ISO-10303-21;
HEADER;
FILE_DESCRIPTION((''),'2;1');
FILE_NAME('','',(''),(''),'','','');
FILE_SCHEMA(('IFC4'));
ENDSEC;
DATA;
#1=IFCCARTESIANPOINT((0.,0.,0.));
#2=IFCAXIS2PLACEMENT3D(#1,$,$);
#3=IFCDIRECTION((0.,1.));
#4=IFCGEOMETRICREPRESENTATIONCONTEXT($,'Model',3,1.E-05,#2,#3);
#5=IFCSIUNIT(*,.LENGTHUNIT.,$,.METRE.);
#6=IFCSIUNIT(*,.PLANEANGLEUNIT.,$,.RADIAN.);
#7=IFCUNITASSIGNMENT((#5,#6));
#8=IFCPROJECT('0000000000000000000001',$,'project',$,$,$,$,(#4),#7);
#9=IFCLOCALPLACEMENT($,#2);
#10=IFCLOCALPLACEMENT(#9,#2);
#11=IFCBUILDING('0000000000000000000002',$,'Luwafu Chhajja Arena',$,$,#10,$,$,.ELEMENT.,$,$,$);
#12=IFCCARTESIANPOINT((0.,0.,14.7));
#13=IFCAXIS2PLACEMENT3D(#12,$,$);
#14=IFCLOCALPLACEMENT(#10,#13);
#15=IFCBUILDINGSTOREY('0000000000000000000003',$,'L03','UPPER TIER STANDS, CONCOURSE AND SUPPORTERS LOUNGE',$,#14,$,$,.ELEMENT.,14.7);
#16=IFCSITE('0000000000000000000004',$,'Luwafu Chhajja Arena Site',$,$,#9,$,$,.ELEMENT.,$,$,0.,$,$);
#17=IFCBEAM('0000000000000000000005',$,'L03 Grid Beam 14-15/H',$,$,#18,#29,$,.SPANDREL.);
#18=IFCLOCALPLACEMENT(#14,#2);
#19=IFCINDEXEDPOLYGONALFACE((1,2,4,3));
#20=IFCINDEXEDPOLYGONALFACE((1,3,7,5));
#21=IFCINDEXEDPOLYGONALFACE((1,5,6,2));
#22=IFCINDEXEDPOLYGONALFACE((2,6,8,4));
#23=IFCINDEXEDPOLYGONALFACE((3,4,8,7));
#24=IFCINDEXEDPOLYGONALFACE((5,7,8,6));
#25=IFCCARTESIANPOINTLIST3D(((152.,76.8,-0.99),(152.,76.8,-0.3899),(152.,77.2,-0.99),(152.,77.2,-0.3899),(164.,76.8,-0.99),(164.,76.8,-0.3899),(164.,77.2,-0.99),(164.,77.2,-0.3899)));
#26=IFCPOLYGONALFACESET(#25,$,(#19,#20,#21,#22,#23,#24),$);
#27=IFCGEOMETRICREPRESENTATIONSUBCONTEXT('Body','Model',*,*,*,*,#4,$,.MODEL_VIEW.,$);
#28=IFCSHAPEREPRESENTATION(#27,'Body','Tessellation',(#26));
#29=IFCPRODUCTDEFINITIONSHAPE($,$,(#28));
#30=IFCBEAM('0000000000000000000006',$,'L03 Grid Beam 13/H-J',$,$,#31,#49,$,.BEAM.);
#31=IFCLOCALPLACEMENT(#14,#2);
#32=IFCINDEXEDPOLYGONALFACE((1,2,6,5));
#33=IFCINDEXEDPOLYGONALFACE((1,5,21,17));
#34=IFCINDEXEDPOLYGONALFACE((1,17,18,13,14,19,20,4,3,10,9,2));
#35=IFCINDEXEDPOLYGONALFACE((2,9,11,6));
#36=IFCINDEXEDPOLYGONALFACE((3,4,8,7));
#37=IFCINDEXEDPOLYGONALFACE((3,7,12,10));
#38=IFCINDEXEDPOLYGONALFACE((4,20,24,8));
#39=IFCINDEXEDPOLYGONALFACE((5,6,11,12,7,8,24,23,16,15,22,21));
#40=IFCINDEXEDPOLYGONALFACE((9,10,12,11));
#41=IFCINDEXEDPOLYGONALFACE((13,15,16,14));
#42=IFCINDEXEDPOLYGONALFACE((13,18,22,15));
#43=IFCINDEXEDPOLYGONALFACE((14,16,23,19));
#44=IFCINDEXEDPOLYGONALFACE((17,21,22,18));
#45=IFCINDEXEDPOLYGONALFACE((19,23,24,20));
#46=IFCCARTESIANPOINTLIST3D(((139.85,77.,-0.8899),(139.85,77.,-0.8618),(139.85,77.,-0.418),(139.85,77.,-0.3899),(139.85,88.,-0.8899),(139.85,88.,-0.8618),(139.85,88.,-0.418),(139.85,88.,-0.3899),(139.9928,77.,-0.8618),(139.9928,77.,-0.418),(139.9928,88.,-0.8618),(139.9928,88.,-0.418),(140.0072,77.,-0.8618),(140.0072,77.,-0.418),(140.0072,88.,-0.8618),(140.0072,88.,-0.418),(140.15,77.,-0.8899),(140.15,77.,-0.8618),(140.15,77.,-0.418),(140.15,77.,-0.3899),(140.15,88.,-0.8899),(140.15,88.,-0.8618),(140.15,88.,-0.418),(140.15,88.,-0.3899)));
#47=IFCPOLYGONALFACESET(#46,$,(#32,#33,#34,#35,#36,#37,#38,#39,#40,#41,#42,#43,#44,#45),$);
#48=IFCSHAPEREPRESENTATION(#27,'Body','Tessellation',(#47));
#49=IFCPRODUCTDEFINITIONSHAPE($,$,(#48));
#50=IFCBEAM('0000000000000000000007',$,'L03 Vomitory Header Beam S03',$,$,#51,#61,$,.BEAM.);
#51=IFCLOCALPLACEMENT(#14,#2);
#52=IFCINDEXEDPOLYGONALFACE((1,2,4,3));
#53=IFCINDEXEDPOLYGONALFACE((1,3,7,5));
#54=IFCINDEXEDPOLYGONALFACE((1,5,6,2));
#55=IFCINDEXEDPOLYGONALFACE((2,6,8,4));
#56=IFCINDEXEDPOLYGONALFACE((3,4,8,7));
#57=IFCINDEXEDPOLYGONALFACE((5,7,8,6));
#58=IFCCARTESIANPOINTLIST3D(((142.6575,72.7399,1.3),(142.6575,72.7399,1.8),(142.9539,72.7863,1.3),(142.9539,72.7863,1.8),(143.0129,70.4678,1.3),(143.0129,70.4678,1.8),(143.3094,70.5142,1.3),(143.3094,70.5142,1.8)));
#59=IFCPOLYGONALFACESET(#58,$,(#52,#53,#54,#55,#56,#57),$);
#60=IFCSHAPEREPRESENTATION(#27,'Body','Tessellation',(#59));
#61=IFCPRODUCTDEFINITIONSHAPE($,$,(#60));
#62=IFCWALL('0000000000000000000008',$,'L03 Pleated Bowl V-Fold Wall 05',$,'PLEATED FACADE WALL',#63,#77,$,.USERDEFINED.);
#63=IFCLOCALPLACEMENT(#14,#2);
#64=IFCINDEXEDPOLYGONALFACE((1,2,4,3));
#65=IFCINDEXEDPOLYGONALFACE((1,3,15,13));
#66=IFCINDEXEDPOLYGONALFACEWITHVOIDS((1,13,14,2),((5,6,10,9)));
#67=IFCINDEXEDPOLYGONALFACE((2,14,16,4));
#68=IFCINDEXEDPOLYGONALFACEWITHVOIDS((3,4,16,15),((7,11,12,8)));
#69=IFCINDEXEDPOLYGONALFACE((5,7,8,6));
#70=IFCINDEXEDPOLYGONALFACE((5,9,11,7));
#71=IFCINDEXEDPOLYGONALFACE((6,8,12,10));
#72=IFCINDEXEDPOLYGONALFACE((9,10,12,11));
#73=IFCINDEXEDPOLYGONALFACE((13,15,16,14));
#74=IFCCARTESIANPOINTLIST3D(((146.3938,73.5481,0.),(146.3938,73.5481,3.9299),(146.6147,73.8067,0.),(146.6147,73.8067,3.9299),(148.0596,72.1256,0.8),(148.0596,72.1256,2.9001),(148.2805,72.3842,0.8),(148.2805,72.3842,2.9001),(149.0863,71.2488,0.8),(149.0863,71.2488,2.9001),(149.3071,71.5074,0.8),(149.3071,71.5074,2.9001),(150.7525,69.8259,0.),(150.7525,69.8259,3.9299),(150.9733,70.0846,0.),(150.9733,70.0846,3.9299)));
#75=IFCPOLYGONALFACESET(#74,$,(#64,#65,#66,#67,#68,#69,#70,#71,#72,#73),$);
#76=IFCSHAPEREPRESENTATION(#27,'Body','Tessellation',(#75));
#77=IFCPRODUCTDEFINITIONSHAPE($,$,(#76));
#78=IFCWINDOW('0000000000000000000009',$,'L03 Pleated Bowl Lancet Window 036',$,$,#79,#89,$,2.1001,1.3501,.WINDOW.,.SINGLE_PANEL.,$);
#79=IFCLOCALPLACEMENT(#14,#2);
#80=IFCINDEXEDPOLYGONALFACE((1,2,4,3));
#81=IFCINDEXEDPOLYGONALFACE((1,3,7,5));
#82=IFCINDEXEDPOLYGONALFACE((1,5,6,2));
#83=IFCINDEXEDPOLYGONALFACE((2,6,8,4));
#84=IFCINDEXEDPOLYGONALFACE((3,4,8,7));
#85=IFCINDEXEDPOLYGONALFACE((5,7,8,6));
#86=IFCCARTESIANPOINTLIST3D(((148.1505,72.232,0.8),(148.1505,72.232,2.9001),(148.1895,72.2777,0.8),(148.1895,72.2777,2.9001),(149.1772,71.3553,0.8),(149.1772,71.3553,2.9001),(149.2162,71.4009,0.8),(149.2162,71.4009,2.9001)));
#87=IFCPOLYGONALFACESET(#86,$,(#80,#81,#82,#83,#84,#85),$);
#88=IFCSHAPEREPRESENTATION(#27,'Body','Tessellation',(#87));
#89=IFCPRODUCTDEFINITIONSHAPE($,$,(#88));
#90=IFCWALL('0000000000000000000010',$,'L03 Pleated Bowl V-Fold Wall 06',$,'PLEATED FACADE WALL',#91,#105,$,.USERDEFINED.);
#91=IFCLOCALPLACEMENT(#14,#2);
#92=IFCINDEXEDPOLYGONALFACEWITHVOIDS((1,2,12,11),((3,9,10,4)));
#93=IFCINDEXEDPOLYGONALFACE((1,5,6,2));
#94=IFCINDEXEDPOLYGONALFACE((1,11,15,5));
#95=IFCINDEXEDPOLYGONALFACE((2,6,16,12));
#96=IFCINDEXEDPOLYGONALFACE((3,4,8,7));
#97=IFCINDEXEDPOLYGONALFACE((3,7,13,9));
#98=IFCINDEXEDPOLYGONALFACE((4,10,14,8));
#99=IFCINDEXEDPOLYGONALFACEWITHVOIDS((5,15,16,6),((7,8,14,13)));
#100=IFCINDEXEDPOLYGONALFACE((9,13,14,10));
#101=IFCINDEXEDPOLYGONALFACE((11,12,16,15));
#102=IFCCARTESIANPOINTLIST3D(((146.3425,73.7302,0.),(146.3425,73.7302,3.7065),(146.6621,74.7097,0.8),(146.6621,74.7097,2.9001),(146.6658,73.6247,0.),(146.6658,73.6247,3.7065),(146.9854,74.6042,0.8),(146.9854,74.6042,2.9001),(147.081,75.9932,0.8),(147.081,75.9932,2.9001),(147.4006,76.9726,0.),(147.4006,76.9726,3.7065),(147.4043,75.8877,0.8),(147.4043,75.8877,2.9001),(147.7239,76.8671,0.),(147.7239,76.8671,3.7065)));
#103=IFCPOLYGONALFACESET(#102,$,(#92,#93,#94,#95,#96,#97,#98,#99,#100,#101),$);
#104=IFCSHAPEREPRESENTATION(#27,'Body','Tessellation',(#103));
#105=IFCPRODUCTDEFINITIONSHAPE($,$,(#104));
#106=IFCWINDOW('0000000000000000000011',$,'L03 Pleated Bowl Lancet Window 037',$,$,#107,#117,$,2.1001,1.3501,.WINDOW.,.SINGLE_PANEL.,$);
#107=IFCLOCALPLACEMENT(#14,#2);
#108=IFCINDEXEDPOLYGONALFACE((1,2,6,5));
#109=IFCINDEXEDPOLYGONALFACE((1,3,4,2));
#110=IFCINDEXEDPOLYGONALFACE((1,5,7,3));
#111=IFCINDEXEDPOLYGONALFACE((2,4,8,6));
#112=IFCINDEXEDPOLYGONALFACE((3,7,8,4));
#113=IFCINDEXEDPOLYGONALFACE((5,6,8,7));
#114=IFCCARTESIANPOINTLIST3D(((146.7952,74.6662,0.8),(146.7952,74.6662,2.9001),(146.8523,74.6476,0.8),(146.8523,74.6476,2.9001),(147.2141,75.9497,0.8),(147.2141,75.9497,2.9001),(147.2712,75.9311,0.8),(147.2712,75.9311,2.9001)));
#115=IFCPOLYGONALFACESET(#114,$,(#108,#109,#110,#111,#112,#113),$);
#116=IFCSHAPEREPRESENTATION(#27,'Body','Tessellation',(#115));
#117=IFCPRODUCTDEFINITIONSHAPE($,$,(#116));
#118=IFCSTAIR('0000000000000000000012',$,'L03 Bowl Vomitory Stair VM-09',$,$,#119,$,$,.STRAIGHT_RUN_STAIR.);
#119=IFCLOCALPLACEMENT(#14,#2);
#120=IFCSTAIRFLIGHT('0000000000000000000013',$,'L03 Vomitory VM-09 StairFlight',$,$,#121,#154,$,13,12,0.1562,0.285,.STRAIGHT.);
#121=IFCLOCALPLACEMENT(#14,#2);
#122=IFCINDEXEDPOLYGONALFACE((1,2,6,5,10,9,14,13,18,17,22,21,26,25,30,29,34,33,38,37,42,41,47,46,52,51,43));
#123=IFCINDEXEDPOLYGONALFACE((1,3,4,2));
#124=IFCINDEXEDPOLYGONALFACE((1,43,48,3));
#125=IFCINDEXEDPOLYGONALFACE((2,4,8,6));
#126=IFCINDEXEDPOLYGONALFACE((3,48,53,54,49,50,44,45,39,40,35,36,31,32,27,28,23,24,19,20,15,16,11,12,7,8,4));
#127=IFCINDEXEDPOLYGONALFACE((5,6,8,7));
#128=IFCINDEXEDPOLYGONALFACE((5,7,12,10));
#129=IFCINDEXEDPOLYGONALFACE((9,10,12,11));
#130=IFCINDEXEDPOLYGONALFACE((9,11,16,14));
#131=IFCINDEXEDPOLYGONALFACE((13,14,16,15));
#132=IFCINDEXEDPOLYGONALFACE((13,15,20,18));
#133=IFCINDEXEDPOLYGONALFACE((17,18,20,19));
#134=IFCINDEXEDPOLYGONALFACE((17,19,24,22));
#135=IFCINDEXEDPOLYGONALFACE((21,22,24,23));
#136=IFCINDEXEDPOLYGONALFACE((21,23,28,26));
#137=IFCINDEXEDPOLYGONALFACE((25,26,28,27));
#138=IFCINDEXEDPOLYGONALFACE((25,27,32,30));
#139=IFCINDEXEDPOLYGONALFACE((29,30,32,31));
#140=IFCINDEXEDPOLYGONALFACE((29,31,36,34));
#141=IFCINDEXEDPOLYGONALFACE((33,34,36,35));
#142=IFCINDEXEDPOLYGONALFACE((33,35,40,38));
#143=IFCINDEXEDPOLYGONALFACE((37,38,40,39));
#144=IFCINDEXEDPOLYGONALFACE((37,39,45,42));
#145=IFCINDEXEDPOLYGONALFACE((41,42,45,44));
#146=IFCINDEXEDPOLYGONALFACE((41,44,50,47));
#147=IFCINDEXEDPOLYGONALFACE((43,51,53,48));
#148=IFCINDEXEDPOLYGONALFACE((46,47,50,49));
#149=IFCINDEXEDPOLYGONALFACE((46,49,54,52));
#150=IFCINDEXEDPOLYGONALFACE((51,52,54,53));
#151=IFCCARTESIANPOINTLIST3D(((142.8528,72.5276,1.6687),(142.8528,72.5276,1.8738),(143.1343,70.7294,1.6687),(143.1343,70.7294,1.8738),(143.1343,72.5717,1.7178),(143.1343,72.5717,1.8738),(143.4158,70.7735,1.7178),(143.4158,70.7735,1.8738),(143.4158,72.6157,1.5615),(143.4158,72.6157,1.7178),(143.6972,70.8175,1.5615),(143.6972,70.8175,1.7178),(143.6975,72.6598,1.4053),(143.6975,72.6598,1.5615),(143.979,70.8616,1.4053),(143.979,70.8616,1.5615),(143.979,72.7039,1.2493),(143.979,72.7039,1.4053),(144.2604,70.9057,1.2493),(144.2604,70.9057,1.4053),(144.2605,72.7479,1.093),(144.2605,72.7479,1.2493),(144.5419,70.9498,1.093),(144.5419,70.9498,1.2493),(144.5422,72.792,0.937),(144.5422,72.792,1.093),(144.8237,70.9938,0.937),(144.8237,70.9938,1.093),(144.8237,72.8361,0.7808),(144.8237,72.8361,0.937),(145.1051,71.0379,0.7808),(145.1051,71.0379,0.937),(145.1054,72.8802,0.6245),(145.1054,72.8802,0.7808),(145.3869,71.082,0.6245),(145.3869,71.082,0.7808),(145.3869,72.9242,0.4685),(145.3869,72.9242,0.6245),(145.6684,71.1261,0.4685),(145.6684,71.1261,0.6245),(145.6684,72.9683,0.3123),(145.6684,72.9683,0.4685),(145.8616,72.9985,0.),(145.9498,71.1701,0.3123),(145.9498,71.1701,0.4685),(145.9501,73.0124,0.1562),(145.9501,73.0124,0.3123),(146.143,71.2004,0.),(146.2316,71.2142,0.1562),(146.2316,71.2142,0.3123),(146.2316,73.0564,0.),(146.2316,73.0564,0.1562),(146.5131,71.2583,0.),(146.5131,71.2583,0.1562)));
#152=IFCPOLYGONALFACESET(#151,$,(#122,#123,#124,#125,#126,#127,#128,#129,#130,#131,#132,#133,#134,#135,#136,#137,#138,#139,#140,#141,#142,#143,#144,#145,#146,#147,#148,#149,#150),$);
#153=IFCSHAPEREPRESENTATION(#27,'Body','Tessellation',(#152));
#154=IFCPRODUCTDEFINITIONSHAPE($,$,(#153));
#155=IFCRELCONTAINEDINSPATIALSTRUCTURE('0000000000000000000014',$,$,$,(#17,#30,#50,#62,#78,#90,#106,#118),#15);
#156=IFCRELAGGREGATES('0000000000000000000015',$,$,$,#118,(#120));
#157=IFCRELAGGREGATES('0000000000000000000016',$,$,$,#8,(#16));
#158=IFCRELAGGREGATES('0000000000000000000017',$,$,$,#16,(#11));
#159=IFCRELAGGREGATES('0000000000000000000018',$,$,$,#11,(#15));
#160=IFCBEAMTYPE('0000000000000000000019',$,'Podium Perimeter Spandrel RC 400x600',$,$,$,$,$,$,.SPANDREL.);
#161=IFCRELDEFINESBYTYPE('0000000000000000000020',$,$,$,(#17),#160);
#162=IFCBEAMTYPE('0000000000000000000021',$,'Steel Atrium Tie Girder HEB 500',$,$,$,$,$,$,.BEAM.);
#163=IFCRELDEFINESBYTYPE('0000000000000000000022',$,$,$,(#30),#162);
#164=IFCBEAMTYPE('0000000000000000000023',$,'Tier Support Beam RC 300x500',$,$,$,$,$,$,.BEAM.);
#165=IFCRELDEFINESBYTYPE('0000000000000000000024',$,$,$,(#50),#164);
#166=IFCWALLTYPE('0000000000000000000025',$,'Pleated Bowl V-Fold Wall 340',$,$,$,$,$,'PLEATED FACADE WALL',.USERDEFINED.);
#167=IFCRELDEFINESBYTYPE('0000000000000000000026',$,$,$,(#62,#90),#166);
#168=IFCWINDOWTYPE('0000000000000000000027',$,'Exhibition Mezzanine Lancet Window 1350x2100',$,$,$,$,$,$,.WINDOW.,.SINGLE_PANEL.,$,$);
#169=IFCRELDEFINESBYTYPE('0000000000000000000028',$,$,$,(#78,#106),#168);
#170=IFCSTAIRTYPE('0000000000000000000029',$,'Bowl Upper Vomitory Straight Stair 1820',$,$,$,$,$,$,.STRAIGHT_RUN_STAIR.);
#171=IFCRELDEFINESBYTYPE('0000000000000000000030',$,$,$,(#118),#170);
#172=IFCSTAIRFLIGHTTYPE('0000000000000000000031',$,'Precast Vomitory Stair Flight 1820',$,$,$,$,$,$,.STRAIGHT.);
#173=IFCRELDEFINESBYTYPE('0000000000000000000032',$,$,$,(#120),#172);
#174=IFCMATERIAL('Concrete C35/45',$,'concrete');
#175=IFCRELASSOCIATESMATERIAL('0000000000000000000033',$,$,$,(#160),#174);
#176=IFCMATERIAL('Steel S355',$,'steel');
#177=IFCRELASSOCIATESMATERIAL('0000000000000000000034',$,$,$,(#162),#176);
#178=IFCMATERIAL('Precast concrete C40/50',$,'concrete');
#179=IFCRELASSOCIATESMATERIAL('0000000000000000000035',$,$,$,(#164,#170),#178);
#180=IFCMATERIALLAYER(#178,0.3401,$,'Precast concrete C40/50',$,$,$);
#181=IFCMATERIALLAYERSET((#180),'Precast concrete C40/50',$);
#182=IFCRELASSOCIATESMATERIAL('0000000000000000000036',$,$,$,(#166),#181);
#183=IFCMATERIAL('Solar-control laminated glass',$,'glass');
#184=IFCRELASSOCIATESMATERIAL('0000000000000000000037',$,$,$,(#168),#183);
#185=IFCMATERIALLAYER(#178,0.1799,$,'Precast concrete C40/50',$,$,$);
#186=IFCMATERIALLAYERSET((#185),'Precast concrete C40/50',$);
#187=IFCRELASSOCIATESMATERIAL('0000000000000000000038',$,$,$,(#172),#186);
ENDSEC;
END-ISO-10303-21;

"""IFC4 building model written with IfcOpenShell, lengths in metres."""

from ifc_helpers import new_model, si_unit, direction, frame, frame_2d, origin, origin_2d, place, context, subcontext, project, spatial, polyline, rectangle, i_section, outline, extrude, material, layer, layer_set, material_profile, profile_set, type_object, element, fill, aggregate, save


model = new_model("IFC4")

# Units and contexts
model_context = context("Model", 3, precision=1e-05, world=origin(), true_north=direction((0.0, 1.0)))
body_context = subcontext(model_context, "Body", "Model", "MODEL_VIEW")
ifc_project = project(units=[si_unit("LENGTHUNIT", "METRE"), si_unit("PLANEANGLEUNIT", "RADIAN")], contexts=[model_context])

# Site, building, storey
site_placement = place(None, origin())
site = spatial("IfcSite", under=ifc_project, at=site_placement, Name="Luwafu Chhajja Arena Site", CompositionType="ELEMENT", RefElevation=0.0)
building_placement = place(site_placement, origin())
building = spatial("IfcBuilding", under=site, at=building_placement, Name="Luwafu Chhajja Arena", CompositionType="ELEMENT")
storey_placement = place(building_placement, frame((0.0, 0.0, 14.7)))
storey = spatial("IfcBuildingStorey", under=building, at=storey_placement, Name="L03", Description="UPPER TIER STANDS, CONCOURSE AND SUPPORTERS LOUNGE", CompositionType="ELEMENT", Elevation=14.7)

# Shared definitions
ifc_material_1 = material(Name="Concrete C35/45", Category="concrete")
ifc_material_2 = material(Name="Steel S355", Category="steel")

# Beams
ifc_material_profile_1 = material_profile(ifc_material_1, rectangle(XDim=0.3999, YDim=0.6001, at=origin_2d()), Name="RC 400x600")
ifc_profile_set_1 = profile_set([ifc_material_profile_1], Name="Concrete C35/45")
beam_type_1 = type_object("IfcBeamType", Name="Podium Perimeter Spandrel RC 400x600", PredefinedType="SPANDREL", material=ifc_profile_set_1)
beam_1_placement = place(storey_placement, frame((152.0, 77.0, -0.6899), z_axis=(1.0, 0.0, 0.0), x_axis=(0.0, 1.0, 0.0)))
element("IfcBeam", 1, at=beam_1_placement, inside=storey, type_object=beam_type_1, Name="L03 Grid Beam 14-15/H", PredefinedType="SPANDREL", context=body_context, shape_type="SweptSolid", body=[
    extrude(rectangle(XDim=0.3999, YDim=0.6001, at=origin_2d()), origin(), (0.0, 0.0, 1.0), 12.0),
])
ifc_material_profile_2 = material_profile(ifc_material_2, i_section(OverallWidth=0.3, OverallDepth=0.5, WebThickness=0.0144, FlangeThickness=0.0281, at=origin_2d()), Name="HEB 500")
ifc_profile_set_2 = profile_set([ifc_material_profile_2], Name="Steel S355")
beam_type_2 = type_object("IfcBeamType", Name="Steel Atrium Tie Girder HEB 500", PredefinedType="BEAM", material=ifc_profile_set_2)
beam_2_placement = place(storey_placement, frame((140.0, 77.0, -0.6399), z_axis=(0.0, 1.0, 0.0), x_axis=(-1.0, 0.0, 0.0)))
element("IfcBeam", 2, at=beam_2_placement, inside=storey, type_object=beam_type_2, Name="L03 Grid Beam 13/H-J", PredefinedType="BEAM", context=body_context, shape_type="SweptSolid", body=[
    extrude(i_section(OverallWidth=0.3, OverallDepth=0.5, WebThickness=0.0144, FlangeThickness=0.0281, at=origin_2d()), origin(), (0.0, 0.0, 1.0), 11.0),
])
ifc_material_3 = material(Name="Precast concrete C40/50", Category="concrete")
ifc_material_profile_3 = material_profile(ifc_material_3, rectangle(XDim=0.3, YDim=0.5, at=origin_2d()), Name="RC 300x500")
ifc_profile_set_3 = profile_set([ifc_material_profile_3], Name="Precast concrete C40/50")
beam_type_3 = type_object("IfcBeamType", Name="Tier Support Beam RC 300x500", PredefinedType="BEAM", material=ifc_profile_set_3)
beam_3_placement = place(storey_placement, frame((143.1611, 70.491, 1.55), z_axis=(-0.154561, 0.987983, 0.0), x_axis=(-0.987983, -0.154561, 0.0)))
element("IfcBeam", 3, at=beam_3_placement, inside=storey, type_object=beam_type_3, Name="L03 Vomitory Header Beam S03", PredefinedType="BEAM", context=body_context, shape_type="SweptSolid", body=[
    extrude(rectangle(XDim=0.3, YDim=0.5, at=origin_2d()), origin(), (0.0, 0.0, 1.0), 2.2998),
])

# Walls, openings, windows
ifc_layer_1 = layer(ifc_material_3, 0.3401, Name="Precast concrete C40/50")
ifc_layer_set_1 = layer_set([ifc_layer_1], Name="Precast concrete C40/50")
wall_type = type_object("IfcWallType", Name="Pleated Bowl V-Fold Wall 340", ElementType="PLEATED FACADE WALL", PredefinedType="USERDEFINED", material=ifc_layer_set_1)
wall_1_placement = place(storey_placement, frame((150.8628, 69.9553, 0.0), z_axis=(0.0, 0.0, 1.0), x_axis=(-0.760446, 0.649401, 0.0)))
wall_1 = element("IfcWall", 4, at=wall_1_placement, inside=storey, type_object=wall_type, Name="L03 Pleated Bowl V-Fold Wall 05", ObjectType="PLEATED FACADE WALL", PredefinedType="USERDEFINED", context=body_context, shape_type="SweptSolid", body=[
    extrude(rectangle(XDim=5.7317, YDim=0.3401, at=frame_2d((2.8657, 0.0))), origin(), (0.0, 0.0, 1.0), 3.9299),
])
opening_1_placement = place(wall_1_placement, frame((2.1909, 0.0, 0.8)))
opening_1 = element("IfcOpeningElement", 5, at=opening_1_placement, cuts=wall_1, PredefinedType="OPENING", context=body_context, shape_type="SweptSolid", body=[
    extrude(rectangle(XDim=1.3501, YDim=2.1001, at=frame_2d((0.675, 1.05))), frame((0.0, 0.1799, 0.0), z_axis=(0.0, -1.0, 0.0), x_axis=(1.0, 0.0, 0.0)), (0.0, 0.0, 1.0), 0.3601),
])
ifc_material_4 = material(Name="Solar-control laminated glass", Category="glass")
window_type = type_object("IfcWindowType", Name="Exhibition Mezzanine Lancet Window 1350x2100", PartitioningType="SINGLE_PANEL", PredefinedType="WINDOW", material=ifc_material_4)
window_1_placement = place(opening_1_placement, origin())
window_1 = element("IfcWindow", 6, at=window_1_placement, inside=storey, type_object=window_type, Name="L03 Pleated Bowl Lancet Window 036", OverallHeight=2.1001, OverallWidth=1.3501, PartitioningType="SINGLE_PANEL", PredefinedType="WINDOW", context=body_context, shape_type="SweptSolid", body=[
    extrude(rectangle(XDim=1.3501, YDim=2.1001, at=frame_2d((0.675, 1.05))), frame((0.0, 0.03, 0.0), z_axis=(0.0, -1.0, 0.0), x_axis=(1.0, 0.0, 0.0)), (0.0, 0.0, 1.0), 0.0601),
])
fill(opening_1, window_1)
wall_2_placement = place(storey_placement, frame((146.5042, 73.6775, 0.0), z_axis=(0.0, 0.0, 1.0), x_axis=(0.31023, 0.950661, 0.0)))
wall_2 = element("IfcWall", 7, at=wall_2_placement, inside=storey, type_object=wall_type, Name="L03 Pleated Bowl V-Fold Wall 06", ObjectType="PLEATED FACADE WALL", PredefinedType="USERDEFINED", context=body_context, shape_type="SweptSolid", body=[
    extrude(rectangle(XDim=3.4106, YDim=0.3401, at=frame_2d((1.7053, 0.0))), origin(), (0.0, 0.0, 1.0), 3.7065),
])
opening_2_placement = place(wall_2_placement, frame((1.0303, 0.0, 0.8)))
opening_2 = element("IfcOpeningElement", 8, at=opening_2_placement, cuts=wall_2, PredefinedType="OPENING", context=body_context, shape_type="SweptSolid", body=[
    extrude(rectangle(XDim=1.3501, YDim=2.1001, at=frame_2d((0.675, 1.05))), frame((0.0, 0.1799, 0.0), z_axis=(0.0, -1.0, 0.0), x_axis=(1.0, 0.0, 0.0)), (0.0, 0.0, 1.0), 0.3601),
])
window_2_placement = place(opening_2_placement, origin())
window_2 = element("IfcWindow", 9, at=window_2_placement, inside=storey, type_object=window_type, Name="L03 Pleated Bowl Lancet Window 037", OverallHeight=2.1001, OverallWidth=1.3501, PartitioningType="SINGLE_PANEL", PredefinedType="WINDOW", context=body_context, shape_type="SweptSolid", body=[
    extrude(rectangle(XDim=1.3501, YDim=2.1001, at=frame_2d((0.675, 1.05))), frame((0.0, 0.03, 0.0), z_axis=(0.0, -1.0, 0.0), x_axis=(1.0, 0.0, 0.0)), (0.0, 0.0, 1.0), 0.0601),
])
fill(opening_2, window_2)

# Stair, stair flight
stair_type = type_object("IfcStairType", Name="Bowl Upper Vomitory Straight Stair 1820", PredefinedType="STRAIGHT_RUN_STAIR", material=ifc_material_3)
stair_placement = place(storey_placement, origin())
stair = element("IfcStair", 10, at=stair_placement, inside=storey, type_object=stair_type, Name="L03 Bowl Vomitory Stair VM-09", PredefinedType="STRAIGHT_RUN_STAIR")
ifc_layer_2 = layer(ifc_material_3, 0.1799, Name="Precast concrete C40/50")
ifc_layer_set_2 = layer_set([ifc_layer_2], Name="Precast concrete C40/50")
stair_flight_type = type_object("IfcStairFlightType", Name="Precast Vomitory Stair Flight 1820", PredefinedType="STRAIGHT", material=ifc_layer_set_2)
stair_flight_placement = place(storey_placement, frame((146.3723, 72.1575, 0.0), z_axis=(0.0, 0.0, 1.0), x_axis=(-0.987972, -0.154633, 0.0)))
stair_flight = element("IfcStairFlight", 11, at=stair_flight_placement, type_object=stair_flight_type, Name="L03 Vomitory VM-09 StairFlight", NumberOfRisers=13, NumberOfTreads=12, PredefinedType="STRAIGHT", RiserHeight=0.1562, TreadLength=0.285, context=body_context, shape_type="SweptSolid", body=[
    extrude(outline(polyline([(0.0, 0.0), (0.0, 0.1562), (0.2849, 0.1562), (0.2849, 0.3123), (0.5701, 0.3123), (0.5701, 0.4685), (0.855, 0.4685), (0.855, 0.6245), (1.1399, 0.6245), (1.1399, 0.7808), (1.425, 0.7808), (1.425, 0.937), (1.71, 0.937), (1.71, 1.093), (1.9951, 1.093), (1.9951, 1.2493), (2.28, 1.2493), (2.28, 1.4053), (2.5649, 1.4053), (2.5649, 1.5615), (2.8501, 1.5615), (2.8501, 1.7178), (3.135, 1.7178), (3.135, 1.8738), (3.4199, 1.8738), (3.4199, 2.03), (3.4199, 1.6687), (0.3745, 0.0), (0.0, 0.0)])), frame((0.0, 0.9102, 0.0), z_axis=(0.0, -1.0, 0.0), x_axis=(1.0, 0.0, 0.0)), (0.0, 0.0, 1.0), 1.8201),
])
aggregate(stair, [stair_flight])

save(model, "model.ifc")
